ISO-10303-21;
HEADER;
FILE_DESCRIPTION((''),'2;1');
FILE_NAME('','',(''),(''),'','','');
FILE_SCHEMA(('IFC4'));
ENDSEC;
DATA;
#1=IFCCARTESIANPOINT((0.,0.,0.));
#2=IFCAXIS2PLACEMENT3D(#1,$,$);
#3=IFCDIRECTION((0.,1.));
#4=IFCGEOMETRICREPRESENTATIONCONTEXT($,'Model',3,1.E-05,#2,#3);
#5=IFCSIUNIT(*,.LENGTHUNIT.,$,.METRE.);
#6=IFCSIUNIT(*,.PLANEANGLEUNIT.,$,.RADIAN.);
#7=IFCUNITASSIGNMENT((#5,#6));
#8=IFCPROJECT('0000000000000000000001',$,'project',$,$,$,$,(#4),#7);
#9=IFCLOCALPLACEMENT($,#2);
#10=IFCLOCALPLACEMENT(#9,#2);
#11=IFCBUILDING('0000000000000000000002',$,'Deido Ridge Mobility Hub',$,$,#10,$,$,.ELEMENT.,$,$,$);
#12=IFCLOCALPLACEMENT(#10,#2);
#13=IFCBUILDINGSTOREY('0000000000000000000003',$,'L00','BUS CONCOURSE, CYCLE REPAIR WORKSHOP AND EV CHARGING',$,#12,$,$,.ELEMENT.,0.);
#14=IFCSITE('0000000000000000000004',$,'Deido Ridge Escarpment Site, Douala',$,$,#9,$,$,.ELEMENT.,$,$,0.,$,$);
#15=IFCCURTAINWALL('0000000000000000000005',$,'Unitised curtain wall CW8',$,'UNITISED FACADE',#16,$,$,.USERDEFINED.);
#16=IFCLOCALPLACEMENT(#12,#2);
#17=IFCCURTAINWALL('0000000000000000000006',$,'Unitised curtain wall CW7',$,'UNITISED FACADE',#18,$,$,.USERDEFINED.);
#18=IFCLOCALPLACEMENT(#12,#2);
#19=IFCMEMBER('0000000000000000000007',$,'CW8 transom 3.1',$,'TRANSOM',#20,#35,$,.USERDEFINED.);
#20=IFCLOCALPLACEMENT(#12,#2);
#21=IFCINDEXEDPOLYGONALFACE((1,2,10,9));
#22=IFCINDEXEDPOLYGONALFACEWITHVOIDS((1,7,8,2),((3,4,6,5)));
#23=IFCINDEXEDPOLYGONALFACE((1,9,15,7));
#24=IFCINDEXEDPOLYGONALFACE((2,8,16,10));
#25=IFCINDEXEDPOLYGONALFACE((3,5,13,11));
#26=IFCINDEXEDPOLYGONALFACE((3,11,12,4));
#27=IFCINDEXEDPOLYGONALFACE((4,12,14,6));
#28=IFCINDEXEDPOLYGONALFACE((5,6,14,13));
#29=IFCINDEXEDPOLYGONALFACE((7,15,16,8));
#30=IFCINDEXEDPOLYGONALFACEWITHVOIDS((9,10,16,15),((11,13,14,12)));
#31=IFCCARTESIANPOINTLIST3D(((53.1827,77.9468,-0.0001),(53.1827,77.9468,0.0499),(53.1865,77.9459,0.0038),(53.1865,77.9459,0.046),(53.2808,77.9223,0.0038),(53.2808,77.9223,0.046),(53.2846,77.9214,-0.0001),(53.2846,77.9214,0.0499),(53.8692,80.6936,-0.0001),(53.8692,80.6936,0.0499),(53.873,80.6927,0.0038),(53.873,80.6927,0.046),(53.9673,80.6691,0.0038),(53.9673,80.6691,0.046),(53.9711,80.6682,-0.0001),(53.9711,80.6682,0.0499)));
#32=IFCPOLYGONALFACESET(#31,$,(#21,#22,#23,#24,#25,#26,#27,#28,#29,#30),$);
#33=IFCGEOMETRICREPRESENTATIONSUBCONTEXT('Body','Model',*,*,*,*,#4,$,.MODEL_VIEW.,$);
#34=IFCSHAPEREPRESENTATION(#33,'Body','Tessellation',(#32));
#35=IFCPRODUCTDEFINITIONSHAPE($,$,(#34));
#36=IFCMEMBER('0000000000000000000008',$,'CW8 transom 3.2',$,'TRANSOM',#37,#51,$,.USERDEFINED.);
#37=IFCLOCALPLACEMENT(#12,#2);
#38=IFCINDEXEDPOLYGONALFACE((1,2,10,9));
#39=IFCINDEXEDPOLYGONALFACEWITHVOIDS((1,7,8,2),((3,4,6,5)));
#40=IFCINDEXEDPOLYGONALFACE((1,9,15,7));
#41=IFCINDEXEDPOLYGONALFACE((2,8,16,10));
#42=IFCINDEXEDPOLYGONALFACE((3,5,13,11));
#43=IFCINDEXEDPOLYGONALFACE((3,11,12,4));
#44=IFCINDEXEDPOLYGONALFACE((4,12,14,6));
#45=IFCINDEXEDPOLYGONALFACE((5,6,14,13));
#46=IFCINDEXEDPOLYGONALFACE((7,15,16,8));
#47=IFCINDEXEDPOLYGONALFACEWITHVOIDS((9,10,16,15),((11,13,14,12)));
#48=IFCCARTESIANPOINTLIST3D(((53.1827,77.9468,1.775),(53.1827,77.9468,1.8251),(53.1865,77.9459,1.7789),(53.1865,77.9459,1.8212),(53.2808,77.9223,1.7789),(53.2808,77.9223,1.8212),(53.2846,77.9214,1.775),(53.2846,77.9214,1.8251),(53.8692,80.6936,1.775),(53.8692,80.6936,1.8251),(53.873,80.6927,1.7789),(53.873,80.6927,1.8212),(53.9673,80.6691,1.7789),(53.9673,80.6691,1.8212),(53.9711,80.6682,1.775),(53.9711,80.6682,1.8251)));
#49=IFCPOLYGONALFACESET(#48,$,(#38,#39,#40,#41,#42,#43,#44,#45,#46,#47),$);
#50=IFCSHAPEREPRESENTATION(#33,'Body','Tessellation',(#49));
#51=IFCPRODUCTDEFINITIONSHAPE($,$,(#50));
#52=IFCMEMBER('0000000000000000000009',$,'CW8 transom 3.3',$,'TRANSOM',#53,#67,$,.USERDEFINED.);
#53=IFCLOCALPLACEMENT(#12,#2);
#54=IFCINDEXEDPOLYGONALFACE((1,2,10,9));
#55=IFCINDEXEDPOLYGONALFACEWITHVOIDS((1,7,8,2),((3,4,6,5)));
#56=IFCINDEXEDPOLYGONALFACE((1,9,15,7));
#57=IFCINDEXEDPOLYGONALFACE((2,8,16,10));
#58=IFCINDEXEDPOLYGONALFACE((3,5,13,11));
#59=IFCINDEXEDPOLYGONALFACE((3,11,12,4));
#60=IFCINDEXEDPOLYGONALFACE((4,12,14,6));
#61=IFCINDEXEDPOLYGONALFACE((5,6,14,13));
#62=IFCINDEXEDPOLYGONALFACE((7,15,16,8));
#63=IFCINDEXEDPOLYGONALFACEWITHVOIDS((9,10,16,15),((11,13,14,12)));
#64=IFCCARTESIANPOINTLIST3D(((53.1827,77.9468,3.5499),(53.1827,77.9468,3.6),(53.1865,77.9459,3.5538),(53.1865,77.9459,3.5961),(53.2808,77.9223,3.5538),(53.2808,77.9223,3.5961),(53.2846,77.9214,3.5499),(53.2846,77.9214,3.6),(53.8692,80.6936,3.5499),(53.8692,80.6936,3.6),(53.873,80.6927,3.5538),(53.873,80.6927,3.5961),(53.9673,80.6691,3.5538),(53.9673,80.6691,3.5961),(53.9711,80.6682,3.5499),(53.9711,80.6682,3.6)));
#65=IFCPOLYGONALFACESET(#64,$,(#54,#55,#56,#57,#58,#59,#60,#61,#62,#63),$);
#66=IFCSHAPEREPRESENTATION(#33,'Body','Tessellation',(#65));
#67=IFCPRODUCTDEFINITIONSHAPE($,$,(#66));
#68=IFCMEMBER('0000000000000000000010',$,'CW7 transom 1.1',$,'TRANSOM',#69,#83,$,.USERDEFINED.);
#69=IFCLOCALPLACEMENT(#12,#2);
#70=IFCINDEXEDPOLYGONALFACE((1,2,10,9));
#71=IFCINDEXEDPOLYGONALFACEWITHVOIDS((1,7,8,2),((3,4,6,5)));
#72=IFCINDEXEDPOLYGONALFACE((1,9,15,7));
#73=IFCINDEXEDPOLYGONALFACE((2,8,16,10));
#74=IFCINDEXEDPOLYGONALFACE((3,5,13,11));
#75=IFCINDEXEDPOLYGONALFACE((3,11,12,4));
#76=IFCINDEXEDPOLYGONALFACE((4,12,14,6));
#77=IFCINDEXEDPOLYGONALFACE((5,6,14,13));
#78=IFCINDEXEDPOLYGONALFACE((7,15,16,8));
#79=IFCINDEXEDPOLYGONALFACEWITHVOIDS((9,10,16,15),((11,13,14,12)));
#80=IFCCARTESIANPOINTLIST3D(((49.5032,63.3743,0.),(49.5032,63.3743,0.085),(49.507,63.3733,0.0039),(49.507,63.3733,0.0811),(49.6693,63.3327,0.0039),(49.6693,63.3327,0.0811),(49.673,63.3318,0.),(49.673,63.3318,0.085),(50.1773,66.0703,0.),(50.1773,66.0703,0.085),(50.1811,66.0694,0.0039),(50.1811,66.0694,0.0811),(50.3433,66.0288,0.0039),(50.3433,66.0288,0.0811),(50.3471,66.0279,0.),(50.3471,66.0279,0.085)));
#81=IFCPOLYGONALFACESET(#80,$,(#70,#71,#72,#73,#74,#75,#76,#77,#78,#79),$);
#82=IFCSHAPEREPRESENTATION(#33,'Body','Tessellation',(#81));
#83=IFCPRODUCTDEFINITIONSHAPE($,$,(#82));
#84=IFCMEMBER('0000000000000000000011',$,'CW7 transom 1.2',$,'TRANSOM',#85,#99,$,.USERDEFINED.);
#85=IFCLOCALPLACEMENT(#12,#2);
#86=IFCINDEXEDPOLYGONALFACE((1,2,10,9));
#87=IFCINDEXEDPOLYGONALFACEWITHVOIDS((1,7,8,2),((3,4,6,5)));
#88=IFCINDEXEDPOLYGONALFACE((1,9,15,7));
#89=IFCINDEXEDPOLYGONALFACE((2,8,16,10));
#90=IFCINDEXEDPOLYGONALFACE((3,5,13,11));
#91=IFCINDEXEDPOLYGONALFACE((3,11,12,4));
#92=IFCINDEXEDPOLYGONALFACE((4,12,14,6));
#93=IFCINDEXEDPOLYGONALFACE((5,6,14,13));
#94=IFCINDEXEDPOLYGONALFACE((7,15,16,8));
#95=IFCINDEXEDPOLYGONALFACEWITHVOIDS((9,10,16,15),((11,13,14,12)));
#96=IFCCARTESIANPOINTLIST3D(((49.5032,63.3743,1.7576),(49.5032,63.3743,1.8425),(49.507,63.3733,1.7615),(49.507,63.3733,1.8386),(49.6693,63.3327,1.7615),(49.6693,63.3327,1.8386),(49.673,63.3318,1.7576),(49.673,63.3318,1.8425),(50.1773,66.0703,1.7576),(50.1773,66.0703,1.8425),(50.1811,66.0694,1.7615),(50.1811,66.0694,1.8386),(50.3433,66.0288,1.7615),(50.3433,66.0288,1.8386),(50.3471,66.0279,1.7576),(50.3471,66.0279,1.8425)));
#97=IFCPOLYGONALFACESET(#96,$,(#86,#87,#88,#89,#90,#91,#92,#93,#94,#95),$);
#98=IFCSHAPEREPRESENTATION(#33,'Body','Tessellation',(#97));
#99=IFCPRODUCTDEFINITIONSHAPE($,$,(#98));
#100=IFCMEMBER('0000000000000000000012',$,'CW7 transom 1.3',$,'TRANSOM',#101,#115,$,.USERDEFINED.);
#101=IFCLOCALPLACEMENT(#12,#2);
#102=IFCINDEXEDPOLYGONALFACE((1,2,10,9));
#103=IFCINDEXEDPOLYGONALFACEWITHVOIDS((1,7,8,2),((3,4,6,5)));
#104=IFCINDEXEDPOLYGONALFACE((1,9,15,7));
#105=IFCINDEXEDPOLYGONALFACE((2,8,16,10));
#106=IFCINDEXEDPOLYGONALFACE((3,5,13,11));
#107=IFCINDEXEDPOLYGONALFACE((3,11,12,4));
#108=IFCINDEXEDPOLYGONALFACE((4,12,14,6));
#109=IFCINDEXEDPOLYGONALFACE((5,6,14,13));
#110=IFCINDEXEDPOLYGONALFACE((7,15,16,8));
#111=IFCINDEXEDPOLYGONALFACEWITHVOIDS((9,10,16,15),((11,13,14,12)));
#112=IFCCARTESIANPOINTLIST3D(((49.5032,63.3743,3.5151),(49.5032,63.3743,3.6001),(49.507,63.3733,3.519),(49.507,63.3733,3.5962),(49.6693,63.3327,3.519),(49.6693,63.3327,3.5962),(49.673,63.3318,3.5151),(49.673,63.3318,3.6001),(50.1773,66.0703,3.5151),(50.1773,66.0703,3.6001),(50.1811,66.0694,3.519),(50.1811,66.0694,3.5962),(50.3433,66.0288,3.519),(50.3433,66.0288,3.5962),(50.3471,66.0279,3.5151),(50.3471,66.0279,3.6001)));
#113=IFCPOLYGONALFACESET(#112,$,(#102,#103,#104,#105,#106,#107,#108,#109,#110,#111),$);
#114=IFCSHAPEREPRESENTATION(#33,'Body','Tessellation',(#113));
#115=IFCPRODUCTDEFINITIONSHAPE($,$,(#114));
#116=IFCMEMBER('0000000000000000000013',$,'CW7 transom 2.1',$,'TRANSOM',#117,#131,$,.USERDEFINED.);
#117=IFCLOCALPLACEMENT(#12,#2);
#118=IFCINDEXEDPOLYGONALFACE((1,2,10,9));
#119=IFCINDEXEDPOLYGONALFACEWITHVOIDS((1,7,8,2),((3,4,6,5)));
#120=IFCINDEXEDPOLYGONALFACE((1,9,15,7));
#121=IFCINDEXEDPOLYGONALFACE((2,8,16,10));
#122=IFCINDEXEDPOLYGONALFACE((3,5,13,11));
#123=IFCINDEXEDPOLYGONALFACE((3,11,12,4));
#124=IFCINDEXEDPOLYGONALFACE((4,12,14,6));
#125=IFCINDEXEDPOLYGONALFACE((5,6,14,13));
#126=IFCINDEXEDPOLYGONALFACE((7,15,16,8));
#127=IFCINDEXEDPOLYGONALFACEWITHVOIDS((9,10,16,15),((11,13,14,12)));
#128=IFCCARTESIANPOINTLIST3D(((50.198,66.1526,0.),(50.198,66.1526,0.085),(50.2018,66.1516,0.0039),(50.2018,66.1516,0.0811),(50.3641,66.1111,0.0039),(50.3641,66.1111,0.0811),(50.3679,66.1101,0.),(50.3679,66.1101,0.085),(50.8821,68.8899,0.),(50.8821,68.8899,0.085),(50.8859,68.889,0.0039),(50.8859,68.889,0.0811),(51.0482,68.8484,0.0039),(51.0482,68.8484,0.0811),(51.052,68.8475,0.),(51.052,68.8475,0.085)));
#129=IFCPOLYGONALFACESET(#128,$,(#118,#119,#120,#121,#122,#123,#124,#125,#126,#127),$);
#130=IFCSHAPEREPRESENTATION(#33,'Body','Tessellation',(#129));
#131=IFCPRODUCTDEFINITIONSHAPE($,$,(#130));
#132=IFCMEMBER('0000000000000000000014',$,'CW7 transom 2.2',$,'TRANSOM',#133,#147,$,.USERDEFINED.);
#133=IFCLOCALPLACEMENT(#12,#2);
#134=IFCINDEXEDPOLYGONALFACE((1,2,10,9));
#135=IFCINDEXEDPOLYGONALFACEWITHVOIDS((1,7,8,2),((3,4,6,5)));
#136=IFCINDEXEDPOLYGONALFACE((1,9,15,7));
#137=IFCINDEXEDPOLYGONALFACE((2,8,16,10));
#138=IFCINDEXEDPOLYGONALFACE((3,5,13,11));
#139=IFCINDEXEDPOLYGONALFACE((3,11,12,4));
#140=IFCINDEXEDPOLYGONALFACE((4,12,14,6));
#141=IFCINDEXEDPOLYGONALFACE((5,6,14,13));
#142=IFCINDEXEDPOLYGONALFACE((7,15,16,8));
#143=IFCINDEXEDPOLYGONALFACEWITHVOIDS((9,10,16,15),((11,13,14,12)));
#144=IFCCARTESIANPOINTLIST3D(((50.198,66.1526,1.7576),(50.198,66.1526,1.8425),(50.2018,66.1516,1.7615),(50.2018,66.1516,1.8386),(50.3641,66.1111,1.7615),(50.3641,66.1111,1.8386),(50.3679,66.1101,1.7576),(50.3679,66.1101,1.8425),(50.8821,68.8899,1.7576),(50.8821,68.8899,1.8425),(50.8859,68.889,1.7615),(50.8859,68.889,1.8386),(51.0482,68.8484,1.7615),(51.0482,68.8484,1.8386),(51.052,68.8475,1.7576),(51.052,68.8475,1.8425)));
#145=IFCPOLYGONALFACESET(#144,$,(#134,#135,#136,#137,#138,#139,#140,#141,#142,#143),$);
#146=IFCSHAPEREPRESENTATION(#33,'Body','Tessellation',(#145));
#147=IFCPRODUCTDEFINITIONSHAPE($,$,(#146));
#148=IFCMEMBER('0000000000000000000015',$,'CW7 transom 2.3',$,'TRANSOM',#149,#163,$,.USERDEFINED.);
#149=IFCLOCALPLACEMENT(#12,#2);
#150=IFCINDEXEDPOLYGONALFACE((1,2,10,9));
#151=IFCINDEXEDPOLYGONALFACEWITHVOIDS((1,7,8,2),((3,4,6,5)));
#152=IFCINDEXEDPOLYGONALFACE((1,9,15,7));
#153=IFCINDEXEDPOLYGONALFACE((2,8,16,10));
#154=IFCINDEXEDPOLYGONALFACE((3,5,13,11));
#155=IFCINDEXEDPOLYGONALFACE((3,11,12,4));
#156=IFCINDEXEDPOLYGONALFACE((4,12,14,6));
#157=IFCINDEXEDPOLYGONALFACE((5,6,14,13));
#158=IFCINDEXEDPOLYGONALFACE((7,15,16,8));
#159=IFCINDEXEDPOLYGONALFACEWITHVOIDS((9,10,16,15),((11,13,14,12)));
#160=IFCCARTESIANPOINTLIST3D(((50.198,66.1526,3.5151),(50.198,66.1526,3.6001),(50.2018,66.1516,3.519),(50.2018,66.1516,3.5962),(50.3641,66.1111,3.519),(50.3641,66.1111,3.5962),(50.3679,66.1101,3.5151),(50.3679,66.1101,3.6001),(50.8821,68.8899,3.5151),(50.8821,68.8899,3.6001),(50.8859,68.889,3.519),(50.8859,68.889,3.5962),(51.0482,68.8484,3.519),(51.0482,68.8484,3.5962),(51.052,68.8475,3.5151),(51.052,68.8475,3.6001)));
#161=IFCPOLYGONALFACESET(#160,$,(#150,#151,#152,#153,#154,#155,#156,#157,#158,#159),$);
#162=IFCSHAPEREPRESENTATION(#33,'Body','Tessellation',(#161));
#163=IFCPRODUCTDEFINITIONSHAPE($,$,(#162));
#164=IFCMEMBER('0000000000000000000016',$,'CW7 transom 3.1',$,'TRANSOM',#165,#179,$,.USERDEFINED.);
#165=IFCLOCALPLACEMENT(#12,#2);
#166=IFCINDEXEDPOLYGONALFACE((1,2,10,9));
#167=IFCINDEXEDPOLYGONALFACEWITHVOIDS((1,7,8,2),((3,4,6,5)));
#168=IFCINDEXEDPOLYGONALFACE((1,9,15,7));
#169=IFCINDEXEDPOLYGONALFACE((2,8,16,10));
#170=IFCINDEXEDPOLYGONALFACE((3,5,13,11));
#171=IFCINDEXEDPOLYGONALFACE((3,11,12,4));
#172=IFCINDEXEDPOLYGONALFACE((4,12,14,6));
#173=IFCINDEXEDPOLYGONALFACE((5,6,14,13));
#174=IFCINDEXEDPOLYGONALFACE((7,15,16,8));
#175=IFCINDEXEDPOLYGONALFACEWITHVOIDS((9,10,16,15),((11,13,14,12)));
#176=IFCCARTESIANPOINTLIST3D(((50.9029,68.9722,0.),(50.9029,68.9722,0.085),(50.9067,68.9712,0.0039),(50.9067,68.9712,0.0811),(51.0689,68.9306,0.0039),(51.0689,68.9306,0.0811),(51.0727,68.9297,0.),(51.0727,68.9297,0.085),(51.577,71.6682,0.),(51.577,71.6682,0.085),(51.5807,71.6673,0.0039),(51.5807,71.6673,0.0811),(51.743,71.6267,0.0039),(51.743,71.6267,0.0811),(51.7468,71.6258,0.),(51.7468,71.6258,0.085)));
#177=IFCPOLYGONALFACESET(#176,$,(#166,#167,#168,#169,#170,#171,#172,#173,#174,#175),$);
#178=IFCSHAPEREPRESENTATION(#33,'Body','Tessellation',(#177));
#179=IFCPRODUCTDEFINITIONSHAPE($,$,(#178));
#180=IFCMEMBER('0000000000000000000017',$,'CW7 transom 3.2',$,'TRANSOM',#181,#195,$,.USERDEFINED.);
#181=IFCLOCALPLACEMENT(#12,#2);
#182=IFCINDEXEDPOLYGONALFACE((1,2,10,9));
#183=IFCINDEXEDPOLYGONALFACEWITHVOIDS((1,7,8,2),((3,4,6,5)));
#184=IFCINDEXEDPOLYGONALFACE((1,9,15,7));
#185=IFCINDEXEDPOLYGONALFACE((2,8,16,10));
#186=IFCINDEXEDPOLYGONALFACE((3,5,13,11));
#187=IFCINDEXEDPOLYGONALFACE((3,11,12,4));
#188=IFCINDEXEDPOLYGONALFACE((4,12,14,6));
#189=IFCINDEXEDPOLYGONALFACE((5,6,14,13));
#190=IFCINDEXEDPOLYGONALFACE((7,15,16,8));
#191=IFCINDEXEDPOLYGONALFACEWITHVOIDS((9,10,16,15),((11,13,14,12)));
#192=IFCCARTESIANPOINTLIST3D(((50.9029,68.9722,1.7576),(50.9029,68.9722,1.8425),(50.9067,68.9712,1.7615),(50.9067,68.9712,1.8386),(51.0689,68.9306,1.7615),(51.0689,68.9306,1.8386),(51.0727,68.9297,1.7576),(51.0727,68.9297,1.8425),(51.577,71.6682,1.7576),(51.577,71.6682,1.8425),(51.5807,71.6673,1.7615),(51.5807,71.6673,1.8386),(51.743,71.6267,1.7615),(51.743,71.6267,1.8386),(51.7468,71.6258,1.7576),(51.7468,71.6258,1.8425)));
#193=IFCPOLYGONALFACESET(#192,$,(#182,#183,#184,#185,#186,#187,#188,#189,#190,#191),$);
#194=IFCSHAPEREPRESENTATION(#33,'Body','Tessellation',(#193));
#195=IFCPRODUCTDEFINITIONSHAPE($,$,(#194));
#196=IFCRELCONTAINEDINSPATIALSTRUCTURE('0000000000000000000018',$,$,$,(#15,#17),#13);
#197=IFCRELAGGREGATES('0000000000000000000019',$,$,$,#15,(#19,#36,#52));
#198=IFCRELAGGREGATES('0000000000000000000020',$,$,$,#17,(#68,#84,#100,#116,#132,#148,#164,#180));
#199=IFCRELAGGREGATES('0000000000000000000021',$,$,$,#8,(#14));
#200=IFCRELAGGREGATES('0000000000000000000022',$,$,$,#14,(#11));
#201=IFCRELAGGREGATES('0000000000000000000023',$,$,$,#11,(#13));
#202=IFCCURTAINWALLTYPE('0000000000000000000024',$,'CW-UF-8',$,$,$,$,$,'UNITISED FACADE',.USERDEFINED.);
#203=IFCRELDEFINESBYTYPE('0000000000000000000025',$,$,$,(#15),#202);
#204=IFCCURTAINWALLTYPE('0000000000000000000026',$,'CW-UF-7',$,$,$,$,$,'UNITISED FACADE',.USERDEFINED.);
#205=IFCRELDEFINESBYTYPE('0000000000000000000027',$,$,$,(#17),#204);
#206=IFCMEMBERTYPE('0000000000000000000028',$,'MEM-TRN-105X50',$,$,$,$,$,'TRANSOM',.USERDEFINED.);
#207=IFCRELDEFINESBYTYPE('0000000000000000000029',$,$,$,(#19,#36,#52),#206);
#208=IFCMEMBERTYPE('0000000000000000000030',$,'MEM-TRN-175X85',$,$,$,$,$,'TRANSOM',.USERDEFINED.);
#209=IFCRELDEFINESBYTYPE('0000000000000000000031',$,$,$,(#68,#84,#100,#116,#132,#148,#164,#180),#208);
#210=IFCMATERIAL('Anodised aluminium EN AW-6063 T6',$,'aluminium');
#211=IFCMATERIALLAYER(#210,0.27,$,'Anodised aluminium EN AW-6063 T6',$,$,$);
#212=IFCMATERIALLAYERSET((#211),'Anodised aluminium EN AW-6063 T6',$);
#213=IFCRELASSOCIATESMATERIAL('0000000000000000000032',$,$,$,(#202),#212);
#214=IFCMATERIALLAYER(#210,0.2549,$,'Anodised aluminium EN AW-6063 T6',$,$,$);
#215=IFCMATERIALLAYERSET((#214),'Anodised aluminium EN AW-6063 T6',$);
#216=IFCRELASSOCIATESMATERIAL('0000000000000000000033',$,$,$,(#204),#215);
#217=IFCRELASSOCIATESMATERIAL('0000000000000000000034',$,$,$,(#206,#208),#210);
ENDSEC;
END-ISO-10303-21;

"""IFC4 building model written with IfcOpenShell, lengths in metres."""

from ifc_helpers import new_model, si_unit, direction, frame, origin, origin_2d, place, context, subcontext, project, spatial, hollow_rectangle, extrude, material, layer, layer_set, material_profile, profile_set, type_object, element, aggregate, save


model = new_model("IFC4")

# Units and contexts
model_context = context("Model", 3, precision=1e-05, world=origin(), true_north=direction((0.0, 1.0)))
body_context = subcontext(model_context, "Body", "Model", "MODEL_VIEW")
ifc_project = project(units=[si_unit("LENGTHUNIT", "METRE"), si_unit("PLANEANGLEUNIT", "RADIAN")], contexts=[model_context])

# Site, building, storey
site_placement = place(None, origin())
site = spatial("IfcSite", under=ifc_project, at=site_placement, Name="Deido Ridge Escarpment Site, Douala", CompositionType="ELEMENT", RefElevation=0.0)
building_placement = place(site_placement, origin())
building = spatial("IfcBuilding", under=site, at=building_placement, Name="Deido Ridge Mobility Hub", CompositionType="ELEMENT")
storey_placement = place(building_placement, origin())
storey = spatial("IfcBuildingStorey", under=building, at=storey_placement, Name="L00", Description="BUS CONCOURSE, CYCLE REPAIR WORKSHOP AND EV CHARGING", CompositionType="ELEMENT", Elevation=0.0)

# Curtain walls
ifc_material_1 = material(Name="Anodised aluminium EN AW-6063 T6", Category="aluminium")
ifc_layer_1 = layer(ifc_material_1, 0.27, Name="Anodised aluminium EN AW-6063 T6")
ifc_layer_set_1 = layer_set([ifc_layer_1], Name="Anodised aluminium EN AW-6063 T6")
curtain_wall_type_1 = type_object("IfcCurtainWallType", Name="CW-UF-8", ElementType="UNITISED FACADE", PredefinedType="USERDEFINED", material=ifc_layer_set_1)
curtain_wall_1_placement = place(storey_placement, origin())
curtain_wall_1 = element("IfcCurtainWall", 1, at=curtain_wall_1_placement, inside=storey, type_object=curtain_wall_type_1, Name="Unitised curtain wall CW8", ObjectType="UNITISED FACADE", PredefinedType="USERDEFINED")
ifc_layer_2 = layer(ifc_material_1, 0.2549, Name="Anodised aluminium EN AW-6063 T6")
ifc_layer_set_2 = layer_set([ifc_layer_2], Name="Anodised aluminium EN AW-6063 T6")
curtain_wall_type_2 = type_object("IfcCurtainWallType", Name="CW-UF-7", ElementType="UNITISED FACADE", PredefinedType="USERDEFINED", material=ifc_layer_set_2)
curtain_wall_2_placement = place(storey_placement, origin())
curtain_wall_2 = element("IfcCurtainWall", 2, at=curtain_wall_2_placement, inside=storey, type_object=curtain_wall_type_2, Name="Unitised curtain wall CW7", ObjectType="UNITISED FACADE", PredefinedType="USERDEFINED")

# Members
ifc_material_profile_1 = material_profile(ifc_material_1, hollow_rectangle(XDim=0.105, YDim=0.05, WallThickness=0.0039, at=origin_2d()), Name="RHS 105x50x4")
ifc_profile_set_1 = profile_set([ifc_material_profile_1], Name="Anodised aluminium EN AW-6063 T6")
member_type_1 = type_object("IfcMemberType", Name="MEM-TRN-105X50", ElementType="TRANSOM", PredefinedType="USERDEFINED", material=ifc_profile_set_1)
member_1_placement = place(storey_placement, frame((53.2336, 77.9341, 0.0249), z_axis=(0.242475, 0.970158, 0.0), x_axis=(-0.970158, 0.242475, 0.0)))
member_1 = element("IfcMember", 3, at=member_1_placement, type_object=member_type_1, Name="CW8 transom 3.1", ObjectType="TRANSOM", PredefinedType="USERDEFINED", context=body_context, shape_type="SweptSolid", body=[
    extrude(hollow_rectangle(XDim=0.105, YDim=0.05, WallThickness=0.0039, at=origin_2d()), origin(), (0.0, 0.0, 1.0), 2.8313),
])
member_2_placement = place(storey_placement, frame((53.2336, 77.9341, 1.8), z_axis=(0.242475, 0.970158, 0.0), x_axis=(-0.970158, 0.242475, 0.0)))
member_2 = element("IfcMember", 4, at=member_2_placement, type_object=member_type_1, Name="CW8 transom 3.2", ObjectType="TRANSOM", PredefinedType="USERDEFINED", context=body_context, shape_type="SweptSolid", body=[
    extrude(hollow_rectangle(XDim=0.105, YDim=0.05, WallThickness=0.0039, at=origin_2d()), origin(), (0.0, 0.0, 1.0), 2.8313),
])
member_3_placement = place(storey_placement, frame((53.2336, 77.9341, 3.575), z_axis=(0.242475, 0.970158, 0.0), x_axis=(-0.970158, 0.242475, 0.0)))
member_3 = element("IfcMember", 5, at=member_3_placement, type_object=member_type_1, Name="CW8 transom 3.3", ObjectType="TRANSOM", PredefinedType="USERDEFINED", context=body_context, shape_type="SweptSolid", body=[
    extrude(hollow_rectangle(XDim=0.105, YDim=0.05, WallThickness=0.0039, at=origin_2d()), origin(), (0.0, 0.0, 1.0), 2.8313),
])
ifc_material_profile_2 = material_profile(ifc_material_1, hollow_rectangle(XDim=0.175, YDim=0.085, WallThickness=0.0039, at=origin_2d()), Name="RHS 175x85x4")
ifc_profile_set_2 = profile_set([ifc_material_profile_2], Name="Anodised aluminium EN AW-6063 T6")
member_type_2 = type_object("IfcMemberType", Name="MEM-TRN-175X85", ElementType="TRANSOM", PredefinedType="USERDEFINED", material=ifc_profile_set_2)
member_4_placement = place(storey_placement, frame((49.5881, 63.353, 0.0425), z_axis=(0.242556, 0.970137, 0.0), x_axis=(-0.970137, 0.242556, 0.0)))
member_4 = element("IfcMember", 6, at=member_4_placement, type_object=member_type_2, Name="CW7 transom 1.1", ObjectType="TRANSOM", PredefinedType="USERDEFINED", context=body_context, shape_type="SweptSolid", body=[
    extrude(hollow_rectangle(XDim=0.175, YDim=0.085, WallThickness=0.0039, at=origin_2d()), origin(), (0.0, 0.0, 1.0), 2.7791),
])
member_5_placement = place(storey_placement, frame((49.5881, 63.353, 1.8), z_axis=(0.242556, 0.970137, 0.0), x_axis=(-0.970137, 0.242556, 0.0)))
member_5 = element("IfcMember", 7, at=member_5_placement, type_object=member_type_2, Name="CW7 transom 1.2", ObjectType="TRANSOM", PredefinedType="USERDEFINED", context=body_context, shape_type="SweptSolid", body=[
    extrude(hollow_rectangle(XDim=0.175, YDim=0.085, WallThickness=0.0039, at=origin_2d()), origin(), (0.0, 0.0, 1.0), 2.7791),
])
member_6_placement = place(storey_placement, frame((49.5881, 63.353, 3.5576), z_axis=(0.242556, 0.970137, 0.0), x_axis=(-0.970137, 0.242556, 0.0)))
member_6 = element("IfcMember", 8, at=member_6_placement, type_object=member_type_2, Name="CW7 transom 1.3", ObjectType="TRANSOM", PredefinedType="USERDEFINED", context=body_context, shape_type="SweptSolid", body=[
    extrude(hollow_rectangle(XDim=0.175, YDim=0.085, WallThickness=0.0039, at=origin_2d()), origin(), (0.0, 0.0, 1.0), 2.7791),
])
member_7_placement = place(storey_placement, frame((50.283, 66.1313, 0.0425), z_axis=(0.242454, 0.970163, 0.0), x_axis=(-0.970163, 0.242454, 0.0)))
member_7 = element("IfcMember", 9, at=member_7_placement, type_object=member_type_2, Name="CW7 transom 2.1", ObjectType="TRANSOM", PredefinedType="USERDEFINED", context=body_context, shape_type="SweptSolid", body=[
    extrude(hollow_rectangle(XDim=0.175, YDim=0.085, WallThickness=0.0039, at=origin_2d()), origin(), (0.0, 0.0, 1.0), 2.8215),
])
member_8_placement = place(storey_placement, frame((50.283, 66.1313, 1.8), z_axis=(0.242454, 0.970163, 0.0), x_axis=(-0.970163, 0.242454, 0.0)))
member_8 = element("IfcMember", 10, at=member_8_placement, type_object=member_type_2, Name="CW7 transom 2.2", ObjectType="TRANSOM", PredefinedType="USERDEFINED", context=body_context, shape_type="SweptSolid", body=[
    extrude(hollow_rectangle(XDim=0.175, YDim=0.085, WallThickness=0.0039, at=origin_2d()), origin(), (0.0, 0.0, 1.0), 2.8215),
])
member_9_placement = place(storey_placement, frame((50.283, 66.1313, 3.5576), z_axis=(0.242454, 0.970163, 0.0), x_axis=(-0.970163, 0.242454, 0.0)))
member_9 = element("IfcMember", 11, at=member_9_placement, type_object=member_type_2, Name="CW7 transom 2.3", ObjectType="TRANSOM", PredefinedType="USERDEFINED", context=body_context, shape_type="SweptSolid", body=[
    extrude(hollow_rectangle(XDim=0.175, YDim=0.085, WallThickness=0.0039, at=origin_2d()), origin(), (0.0, 0.0, 1.0), 2.8215),
])
member_10_placement = place(storey_placement, frame((50.9878, 68.9509, 0.0425), z_axis=(0.242556, 0.970137, 0.0), x_axis=(-0.970137, 0.242556, 0.0)))
member_10 = element("IfcMember", 12, at=member_10_placement, type_object=member_type_2, Name="CW7 transom 3.1", ObjectType="TRANSOM", PredefinedType="USERDEFINED", context=body_context, shape_type="SweptSolid", body=[
    extrude(hollow_rectangle(XDim=0.175, YDim=0.085, WallThickness=0.0039, at=origin_2d()), origin(), (0.0, 0.0, 1.0), 2.7791),
])
member_11_placement = place(storey_placement, frame((50.9878, 68.9509, 1.8), z_axis=(0.242556, 0.970137, 0.0), x_axis=(-0.970137, 0.242556, 0.0)))
member_11 = element("IfcMember", 13, at=member_11_placement, type_object=member_type_2, Name="CW7 transom 3.2", ObjectType="TRANSOM", PredefinedType="USERDEFINED", context=body_context, shape_type="SweptSolid", body=[
    extrude(hollow_rectangle(XDim=0.175, YDim=0.085, WallThickness=0.0039, at=origin_2d()), origin(), (0.0, 0.0, 1.0), 2.7791),
])

aggregate(curtain_wall_1, [member_1, member_2, member_3])
aggregate(curtain_wall_2, [member_4, member_5, member_6, member_7, member_8, member_9, member_10, member_11])

save(model, "model.ifc")
